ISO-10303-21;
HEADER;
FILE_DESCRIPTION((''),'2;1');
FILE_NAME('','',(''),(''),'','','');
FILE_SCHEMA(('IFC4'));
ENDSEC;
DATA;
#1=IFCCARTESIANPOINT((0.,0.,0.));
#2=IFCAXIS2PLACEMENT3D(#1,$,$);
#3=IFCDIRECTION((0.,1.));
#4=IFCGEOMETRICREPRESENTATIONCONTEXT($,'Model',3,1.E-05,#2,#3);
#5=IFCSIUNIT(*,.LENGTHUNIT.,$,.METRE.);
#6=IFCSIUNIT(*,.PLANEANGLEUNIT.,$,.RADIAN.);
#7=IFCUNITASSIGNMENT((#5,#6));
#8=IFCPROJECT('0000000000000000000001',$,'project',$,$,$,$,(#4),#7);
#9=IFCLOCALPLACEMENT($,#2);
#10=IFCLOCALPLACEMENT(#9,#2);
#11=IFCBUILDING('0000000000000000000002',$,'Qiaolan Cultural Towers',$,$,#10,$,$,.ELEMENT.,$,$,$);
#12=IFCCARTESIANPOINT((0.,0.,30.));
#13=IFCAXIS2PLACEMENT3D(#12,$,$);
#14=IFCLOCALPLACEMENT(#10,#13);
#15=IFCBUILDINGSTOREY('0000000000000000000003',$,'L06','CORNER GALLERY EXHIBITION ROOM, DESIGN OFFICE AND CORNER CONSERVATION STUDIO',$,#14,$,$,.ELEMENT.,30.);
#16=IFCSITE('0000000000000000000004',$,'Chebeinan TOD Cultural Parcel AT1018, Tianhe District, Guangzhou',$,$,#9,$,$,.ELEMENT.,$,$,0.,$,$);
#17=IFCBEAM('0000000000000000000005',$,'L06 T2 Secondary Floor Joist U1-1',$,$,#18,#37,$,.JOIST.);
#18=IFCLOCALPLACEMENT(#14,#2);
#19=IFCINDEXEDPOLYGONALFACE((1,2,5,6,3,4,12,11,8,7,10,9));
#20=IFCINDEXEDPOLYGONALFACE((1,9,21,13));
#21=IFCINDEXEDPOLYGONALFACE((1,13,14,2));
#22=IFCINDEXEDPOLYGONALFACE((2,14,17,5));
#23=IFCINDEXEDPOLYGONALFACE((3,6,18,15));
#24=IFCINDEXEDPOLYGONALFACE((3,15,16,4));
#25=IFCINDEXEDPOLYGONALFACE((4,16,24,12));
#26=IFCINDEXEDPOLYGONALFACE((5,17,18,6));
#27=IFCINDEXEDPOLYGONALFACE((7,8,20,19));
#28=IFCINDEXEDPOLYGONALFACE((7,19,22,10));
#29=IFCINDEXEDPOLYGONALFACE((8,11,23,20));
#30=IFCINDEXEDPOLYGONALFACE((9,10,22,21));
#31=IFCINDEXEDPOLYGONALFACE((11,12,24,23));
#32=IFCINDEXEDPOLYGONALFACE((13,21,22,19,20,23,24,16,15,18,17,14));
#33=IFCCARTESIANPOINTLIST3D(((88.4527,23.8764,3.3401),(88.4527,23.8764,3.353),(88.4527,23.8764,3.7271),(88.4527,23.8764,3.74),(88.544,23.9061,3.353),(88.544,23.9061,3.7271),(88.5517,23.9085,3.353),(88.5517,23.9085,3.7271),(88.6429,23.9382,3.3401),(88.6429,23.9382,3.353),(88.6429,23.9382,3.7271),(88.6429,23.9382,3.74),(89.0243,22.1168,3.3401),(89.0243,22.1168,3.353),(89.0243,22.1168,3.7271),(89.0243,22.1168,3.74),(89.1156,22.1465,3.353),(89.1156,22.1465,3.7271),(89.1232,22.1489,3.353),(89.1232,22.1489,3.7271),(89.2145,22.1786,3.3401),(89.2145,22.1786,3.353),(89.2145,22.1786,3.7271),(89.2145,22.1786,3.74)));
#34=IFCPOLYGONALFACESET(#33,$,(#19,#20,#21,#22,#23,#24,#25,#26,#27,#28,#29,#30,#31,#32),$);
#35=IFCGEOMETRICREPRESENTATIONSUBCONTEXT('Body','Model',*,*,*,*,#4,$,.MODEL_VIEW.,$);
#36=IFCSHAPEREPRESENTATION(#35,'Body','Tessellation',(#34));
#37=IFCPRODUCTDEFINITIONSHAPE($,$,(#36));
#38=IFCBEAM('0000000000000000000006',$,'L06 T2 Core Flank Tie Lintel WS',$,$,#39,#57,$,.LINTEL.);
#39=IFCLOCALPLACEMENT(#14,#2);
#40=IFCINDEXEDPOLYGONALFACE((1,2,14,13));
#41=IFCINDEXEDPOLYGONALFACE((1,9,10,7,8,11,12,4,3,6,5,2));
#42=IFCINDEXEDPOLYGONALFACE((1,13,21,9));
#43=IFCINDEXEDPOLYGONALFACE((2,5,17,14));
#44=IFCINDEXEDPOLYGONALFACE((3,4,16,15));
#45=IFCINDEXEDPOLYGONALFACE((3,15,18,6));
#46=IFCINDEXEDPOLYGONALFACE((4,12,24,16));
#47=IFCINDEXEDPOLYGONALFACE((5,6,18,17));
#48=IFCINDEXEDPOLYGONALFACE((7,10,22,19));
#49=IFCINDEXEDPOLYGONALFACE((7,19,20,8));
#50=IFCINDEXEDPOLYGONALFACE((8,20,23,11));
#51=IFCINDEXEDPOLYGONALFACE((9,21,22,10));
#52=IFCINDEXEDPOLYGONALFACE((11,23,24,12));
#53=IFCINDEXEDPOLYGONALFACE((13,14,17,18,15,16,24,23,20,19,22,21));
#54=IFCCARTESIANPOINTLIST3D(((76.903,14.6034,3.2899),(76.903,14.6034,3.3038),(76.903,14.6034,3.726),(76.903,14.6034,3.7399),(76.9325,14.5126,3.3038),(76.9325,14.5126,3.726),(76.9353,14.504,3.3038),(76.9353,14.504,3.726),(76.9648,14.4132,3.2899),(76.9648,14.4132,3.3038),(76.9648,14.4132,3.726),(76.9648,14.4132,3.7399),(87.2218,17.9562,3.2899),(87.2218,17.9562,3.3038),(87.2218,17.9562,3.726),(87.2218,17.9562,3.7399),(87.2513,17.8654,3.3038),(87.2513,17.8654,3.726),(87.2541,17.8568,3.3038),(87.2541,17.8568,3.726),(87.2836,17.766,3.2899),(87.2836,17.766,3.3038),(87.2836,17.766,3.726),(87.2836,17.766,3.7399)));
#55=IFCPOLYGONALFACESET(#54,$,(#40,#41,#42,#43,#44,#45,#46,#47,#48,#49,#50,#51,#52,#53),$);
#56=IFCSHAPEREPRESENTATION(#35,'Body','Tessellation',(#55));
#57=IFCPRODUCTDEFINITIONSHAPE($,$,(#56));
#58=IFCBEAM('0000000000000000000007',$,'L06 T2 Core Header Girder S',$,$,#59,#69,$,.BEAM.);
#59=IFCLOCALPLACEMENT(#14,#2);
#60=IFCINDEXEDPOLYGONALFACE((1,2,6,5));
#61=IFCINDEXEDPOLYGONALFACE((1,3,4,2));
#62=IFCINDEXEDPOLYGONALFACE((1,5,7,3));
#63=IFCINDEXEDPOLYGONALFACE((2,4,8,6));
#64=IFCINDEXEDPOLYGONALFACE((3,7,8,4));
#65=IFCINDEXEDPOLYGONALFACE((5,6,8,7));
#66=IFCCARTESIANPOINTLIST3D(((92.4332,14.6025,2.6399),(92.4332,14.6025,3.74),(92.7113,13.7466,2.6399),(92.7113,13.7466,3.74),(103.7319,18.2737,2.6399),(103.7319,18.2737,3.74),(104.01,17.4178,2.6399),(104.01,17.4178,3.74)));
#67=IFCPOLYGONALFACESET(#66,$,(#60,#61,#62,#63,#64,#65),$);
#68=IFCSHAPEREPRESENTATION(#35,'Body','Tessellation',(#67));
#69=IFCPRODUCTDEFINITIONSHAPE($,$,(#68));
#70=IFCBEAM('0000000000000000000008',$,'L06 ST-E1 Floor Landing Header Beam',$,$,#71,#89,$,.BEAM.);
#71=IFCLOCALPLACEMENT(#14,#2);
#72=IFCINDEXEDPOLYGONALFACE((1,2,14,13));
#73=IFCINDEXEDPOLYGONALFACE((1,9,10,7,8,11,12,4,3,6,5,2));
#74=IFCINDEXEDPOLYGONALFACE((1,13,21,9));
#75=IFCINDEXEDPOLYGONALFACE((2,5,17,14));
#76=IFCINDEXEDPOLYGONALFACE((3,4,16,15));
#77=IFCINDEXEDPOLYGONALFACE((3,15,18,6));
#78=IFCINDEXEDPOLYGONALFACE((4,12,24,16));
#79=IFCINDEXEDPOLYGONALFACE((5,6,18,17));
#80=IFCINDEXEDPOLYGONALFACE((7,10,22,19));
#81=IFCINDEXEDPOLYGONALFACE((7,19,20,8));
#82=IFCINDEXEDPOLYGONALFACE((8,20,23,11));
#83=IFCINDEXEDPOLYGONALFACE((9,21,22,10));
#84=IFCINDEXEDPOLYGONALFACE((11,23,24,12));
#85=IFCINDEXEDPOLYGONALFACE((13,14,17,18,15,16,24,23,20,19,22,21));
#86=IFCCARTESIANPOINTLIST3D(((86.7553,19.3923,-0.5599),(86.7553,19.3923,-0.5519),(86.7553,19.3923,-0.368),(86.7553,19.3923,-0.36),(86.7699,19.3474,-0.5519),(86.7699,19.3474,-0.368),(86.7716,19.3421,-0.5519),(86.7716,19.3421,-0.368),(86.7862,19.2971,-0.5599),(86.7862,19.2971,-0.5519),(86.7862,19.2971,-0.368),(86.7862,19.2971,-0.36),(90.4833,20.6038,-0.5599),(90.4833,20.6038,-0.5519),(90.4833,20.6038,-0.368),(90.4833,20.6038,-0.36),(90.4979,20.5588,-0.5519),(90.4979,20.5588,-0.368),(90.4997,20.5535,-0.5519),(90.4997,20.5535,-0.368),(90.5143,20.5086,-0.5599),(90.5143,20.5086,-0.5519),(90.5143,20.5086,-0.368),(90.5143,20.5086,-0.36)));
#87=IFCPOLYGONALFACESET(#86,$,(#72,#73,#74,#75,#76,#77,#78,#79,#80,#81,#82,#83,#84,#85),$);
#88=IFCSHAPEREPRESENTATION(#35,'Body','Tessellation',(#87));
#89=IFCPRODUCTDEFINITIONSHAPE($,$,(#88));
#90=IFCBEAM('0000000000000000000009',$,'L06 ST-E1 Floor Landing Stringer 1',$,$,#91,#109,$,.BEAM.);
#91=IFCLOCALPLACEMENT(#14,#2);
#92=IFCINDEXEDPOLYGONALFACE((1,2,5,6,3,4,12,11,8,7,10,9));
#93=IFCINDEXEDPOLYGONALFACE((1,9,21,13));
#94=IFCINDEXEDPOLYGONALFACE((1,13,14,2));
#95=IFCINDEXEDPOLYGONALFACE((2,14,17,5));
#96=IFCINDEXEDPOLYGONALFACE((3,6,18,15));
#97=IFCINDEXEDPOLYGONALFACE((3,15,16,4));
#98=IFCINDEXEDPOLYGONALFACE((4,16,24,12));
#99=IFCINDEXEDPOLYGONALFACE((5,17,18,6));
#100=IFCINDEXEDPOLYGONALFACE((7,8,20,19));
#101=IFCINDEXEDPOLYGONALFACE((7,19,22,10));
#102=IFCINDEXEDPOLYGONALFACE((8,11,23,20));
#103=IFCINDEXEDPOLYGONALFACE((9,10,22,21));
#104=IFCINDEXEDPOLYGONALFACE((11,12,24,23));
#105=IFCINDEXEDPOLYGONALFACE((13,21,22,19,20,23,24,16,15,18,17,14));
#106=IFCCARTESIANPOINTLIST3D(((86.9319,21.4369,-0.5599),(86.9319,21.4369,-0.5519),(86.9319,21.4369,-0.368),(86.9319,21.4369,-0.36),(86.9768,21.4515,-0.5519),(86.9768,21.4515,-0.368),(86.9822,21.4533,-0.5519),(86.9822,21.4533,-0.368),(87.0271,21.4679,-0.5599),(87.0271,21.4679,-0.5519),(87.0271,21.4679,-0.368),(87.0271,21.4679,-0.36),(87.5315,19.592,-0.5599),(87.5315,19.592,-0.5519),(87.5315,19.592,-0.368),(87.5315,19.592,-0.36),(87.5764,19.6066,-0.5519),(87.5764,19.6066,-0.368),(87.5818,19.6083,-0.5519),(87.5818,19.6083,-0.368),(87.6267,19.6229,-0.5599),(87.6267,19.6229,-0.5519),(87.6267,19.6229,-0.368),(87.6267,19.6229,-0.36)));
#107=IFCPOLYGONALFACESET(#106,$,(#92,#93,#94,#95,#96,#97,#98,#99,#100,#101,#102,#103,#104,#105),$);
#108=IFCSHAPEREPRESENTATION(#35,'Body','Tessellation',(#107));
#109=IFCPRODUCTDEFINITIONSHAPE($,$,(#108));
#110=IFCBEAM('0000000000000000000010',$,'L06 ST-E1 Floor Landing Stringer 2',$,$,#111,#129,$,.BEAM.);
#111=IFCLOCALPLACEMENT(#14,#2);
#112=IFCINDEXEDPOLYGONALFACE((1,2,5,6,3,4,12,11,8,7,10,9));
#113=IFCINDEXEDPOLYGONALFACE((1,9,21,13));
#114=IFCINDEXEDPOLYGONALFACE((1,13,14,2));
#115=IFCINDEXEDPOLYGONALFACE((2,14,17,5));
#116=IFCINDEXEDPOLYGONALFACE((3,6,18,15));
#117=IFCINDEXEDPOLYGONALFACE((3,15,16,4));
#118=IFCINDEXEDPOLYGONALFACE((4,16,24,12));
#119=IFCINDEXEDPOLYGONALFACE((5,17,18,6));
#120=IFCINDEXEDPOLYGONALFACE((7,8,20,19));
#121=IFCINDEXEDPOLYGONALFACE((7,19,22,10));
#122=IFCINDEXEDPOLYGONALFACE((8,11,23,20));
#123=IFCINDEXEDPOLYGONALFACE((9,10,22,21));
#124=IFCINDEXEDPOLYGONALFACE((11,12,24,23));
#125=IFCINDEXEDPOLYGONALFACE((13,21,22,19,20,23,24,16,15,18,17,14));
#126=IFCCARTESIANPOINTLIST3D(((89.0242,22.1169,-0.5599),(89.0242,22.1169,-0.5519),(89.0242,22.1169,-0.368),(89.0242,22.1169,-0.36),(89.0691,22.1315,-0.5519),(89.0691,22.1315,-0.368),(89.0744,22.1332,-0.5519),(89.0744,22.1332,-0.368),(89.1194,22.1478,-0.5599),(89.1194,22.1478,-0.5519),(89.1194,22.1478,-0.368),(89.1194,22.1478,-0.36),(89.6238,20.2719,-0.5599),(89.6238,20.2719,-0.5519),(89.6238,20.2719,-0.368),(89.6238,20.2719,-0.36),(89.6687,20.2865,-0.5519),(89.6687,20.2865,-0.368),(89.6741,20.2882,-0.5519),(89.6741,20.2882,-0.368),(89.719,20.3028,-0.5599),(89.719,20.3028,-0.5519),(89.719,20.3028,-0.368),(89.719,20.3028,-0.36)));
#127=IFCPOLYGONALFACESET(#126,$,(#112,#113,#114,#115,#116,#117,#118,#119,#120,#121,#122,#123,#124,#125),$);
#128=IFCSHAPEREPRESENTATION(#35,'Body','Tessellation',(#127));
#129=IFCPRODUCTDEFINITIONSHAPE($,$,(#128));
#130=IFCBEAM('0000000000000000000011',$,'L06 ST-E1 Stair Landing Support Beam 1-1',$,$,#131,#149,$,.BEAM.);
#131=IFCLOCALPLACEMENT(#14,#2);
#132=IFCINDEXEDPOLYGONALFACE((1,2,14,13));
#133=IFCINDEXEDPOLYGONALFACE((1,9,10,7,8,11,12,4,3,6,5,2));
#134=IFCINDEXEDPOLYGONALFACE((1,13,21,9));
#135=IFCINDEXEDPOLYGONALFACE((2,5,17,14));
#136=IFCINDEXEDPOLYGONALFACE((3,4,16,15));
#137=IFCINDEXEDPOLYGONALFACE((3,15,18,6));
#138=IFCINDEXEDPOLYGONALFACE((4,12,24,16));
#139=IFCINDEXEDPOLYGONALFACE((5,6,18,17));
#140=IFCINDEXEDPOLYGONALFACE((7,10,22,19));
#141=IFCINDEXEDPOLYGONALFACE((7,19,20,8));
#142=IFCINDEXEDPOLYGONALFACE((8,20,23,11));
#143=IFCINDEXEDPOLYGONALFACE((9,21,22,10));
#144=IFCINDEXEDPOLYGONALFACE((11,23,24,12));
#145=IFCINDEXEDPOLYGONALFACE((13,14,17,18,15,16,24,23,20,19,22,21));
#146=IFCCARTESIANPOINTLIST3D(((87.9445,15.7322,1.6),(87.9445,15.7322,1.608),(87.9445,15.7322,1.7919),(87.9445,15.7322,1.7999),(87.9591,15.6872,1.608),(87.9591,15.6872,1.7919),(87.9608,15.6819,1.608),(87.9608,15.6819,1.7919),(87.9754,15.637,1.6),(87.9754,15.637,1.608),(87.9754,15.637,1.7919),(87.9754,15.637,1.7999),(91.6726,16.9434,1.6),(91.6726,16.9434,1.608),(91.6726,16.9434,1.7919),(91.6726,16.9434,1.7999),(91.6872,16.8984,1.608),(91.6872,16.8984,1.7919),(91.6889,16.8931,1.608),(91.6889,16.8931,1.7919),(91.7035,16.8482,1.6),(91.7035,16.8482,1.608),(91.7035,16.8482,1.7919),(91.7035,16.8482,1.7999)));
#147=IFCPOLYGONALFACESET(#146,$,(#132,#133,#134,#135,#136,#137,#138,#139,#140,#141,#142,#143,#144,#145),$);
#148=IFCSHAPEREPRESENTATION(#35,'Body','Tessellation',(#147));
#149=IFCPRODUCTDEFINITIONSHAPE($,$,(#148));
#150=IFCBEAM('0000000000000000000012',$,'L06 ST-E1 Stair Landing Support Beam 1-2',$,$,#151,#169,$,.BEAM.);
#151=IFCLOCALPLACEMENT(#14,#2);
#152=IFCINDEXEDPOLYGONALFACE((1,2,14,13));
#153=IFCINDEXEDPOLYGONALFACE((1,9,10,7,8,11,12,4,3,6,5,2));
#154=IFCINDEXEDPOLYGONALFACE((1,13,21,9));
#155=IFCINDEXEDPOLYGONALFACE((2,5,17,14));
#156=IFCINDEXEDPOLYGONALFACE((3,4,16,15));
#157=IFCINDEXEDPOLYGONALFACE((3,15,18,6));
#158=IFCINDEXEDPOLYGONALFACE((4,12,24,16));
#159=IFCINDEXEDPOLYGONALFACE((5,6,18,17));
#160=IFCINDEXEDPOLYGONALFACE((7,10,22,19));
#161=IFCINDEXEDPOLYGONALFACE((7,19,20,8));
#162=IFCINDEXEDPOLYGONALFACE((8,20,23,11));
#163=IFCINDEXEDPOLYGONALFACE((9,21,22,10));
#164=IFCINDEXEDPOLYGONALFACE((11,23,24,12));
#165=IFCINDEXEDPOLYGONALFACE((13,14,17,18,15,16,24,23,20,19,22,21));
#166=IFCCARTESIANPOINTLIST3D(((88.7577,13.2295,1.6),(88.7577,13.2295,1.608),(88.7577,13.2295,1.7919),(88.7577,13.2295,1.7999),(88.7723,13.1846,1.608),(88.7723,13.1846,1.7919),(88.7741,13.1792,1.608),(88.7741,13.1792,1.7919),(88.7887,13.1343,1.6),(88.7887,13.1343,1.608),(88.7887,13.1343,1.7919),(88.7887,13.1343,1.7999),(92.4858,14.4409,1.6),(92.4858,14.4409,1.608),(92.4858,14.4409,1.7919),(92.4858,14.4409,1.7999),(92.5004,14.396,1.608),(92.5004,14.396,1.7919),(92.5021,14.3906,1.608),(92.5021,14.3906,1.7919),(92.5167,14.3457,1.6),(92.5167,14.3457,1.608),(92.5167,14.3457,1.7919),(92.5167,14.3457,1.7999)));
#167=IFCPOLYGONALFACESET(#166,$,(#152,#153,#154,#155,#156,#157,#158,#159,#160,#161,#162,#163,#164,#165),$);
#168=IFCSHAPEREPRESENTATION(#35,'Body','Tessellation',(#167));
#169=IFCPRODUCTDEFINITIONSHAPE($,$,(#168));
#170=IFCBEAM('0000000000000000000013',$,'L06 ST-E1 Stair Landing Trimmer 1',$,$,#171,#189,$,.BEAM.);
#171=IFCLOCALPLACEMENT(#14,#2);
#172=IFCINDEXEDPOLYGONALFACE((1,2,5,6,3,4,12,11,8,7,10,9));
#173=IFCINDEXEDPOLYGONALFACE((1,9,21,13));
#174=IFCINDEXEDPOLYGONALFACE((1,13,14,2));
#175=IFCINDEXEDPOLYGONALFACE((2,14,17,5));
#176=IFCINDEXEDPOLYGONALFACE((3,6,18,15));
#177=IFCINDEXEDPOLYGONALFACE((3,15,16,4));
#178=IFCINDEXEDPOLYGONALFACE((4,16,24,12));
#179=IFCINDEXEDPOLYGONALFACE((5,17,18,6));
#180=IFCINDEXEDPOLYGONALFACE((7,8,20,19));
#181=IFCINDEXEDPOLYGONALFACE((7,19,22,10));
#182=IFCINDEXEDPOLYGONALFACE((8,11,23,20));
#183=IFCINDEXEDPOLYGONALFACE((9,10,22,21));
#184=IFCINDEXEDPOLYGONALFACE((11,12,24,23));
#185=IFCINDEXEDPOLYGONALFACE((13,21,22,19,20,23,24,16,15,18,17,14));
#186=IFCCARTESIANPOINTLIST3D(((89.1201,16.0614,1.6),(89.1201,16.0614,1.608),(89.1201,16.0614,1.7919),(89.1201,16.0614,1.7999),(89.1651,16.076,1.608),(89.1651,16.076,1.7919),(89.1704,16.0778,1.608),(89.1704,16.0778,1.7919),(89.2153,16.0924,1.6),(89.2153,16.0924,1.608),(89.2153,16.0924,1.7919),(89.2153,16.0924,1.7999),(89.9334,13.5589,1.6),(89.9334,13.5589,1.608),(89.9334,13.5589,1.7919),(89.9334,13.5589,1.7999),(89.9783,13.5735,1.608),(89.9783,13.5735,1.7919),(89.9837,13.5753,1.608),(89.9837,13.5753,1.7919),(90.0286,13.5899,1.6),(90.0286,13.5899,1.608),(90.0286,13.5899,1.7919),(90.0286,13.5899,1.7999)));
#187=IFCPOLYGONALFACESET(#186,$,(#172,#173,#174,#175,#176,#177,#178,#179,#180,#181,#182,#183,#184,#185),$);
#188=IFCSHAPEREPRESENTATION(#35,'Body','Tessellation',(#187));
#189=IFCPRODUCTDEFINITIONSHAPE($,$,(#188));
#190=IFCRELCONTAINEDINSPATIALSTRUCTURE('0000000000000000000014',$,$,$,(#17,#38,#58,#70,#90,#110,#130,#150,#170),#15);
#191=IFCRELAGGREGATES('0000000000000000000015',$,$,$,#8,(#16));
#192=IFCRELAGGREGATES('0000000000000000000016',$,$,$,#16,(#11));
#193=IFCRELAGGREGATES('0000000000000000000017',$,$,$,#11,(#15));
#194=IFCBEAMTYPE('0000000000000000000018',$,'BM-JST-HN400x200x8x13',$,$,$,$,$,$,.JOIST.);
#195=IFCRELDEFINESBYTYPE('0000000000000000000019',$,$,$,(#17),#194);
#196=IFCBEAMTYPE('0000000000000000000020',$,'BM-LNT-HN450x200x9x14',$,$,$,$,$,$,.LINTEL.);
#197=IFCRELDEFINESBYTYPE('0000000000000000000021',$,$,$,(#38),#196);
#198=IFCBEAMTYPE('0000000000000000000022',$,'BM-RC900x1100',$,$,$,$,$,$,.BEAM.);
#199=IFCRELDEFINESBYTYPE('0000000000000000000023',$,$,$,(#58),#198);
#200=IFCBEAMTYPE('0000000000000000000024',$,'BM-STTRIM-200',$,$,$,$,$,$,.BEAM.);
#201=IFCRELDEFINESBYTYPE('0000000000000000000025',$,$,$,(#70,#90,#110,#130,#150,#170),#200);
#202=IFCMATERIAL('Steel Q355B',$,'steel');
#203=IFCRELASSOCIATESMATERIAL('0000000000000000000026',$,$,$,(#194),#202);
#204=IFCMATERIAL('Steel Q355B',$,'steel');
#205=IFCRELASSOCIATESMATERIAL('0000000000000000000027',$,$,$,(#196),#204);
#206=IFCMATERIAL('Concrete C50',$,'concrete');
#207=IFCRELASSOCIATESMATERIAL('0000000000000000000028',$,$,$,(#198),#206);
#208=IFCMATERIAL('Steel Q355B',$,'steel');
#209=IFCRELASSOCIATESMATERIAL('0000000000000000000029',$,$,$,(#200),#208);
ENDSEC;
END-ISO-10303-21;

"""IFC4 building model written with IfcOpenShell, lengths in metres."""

from ifc_helpers import new_model, si_unit, direction, frame, origin, origin_2d, place, context, subcontext, project, spatial, rectangle, i_section, extrude, material, material_profile, profile_set, type_object, element, save


model = new_model("IFC4")

# Units and contexts
model_context = context("Model", 3, precision=1e-05, world=origin(), true_north=direction((0.0, 1.0)))
body_context = subcontext(model_context, "Body", "Model", "MODEL_VIEW")
ifc_project = project(units=[si_unit("LENGTHUNIT", "METRE"), si_unit("PLANEANGLEUNIT", "RADIAN")], contexts=[model_context])

# Site, building, storey
site_placement = place(None, origin())
site = spatial("IfcSite", under=ifc_project, at=site_placement, Name="Chebeinan TOD Cultural Parcel AT1018, Tianhe District, Guangzhou", CompositionType="ELEMENT", RefElevation=0.0)
building_placement = place(site_placement, origin())
building = spatial("IfcBuilding", under=site, at=building_placement, Name="Qiaolan Cultural Towers", CompositionType="ELEMENT")
storey_placement = place(building_placement, frame((0.0, 0.0, 30.0)))
storey = spatial("IfcBuildingStorey", under=building, at=storey_placement, Name="L06", Description="CORNER GALLERY EXHIBITION ROOM, DESIGN OFFICE AND CORNER CONSERVATION STUDIO", CompositionType="ELEMENT", Elevation=30.0)

# Beams
ifc_material_1 = material(Name="Steel Q355B", Category="steel")
ifc_material_profile_1 = material_profile(ifc_material_1, i_section(OverallWidth=0.2, OverallDepth=0.3999, WebThickness=0.0081, FlangeThickness=0.0129, at=origin_2d()), Name="HN400x200x8x13")
ifc_profile_set_1 = profile_set([ifc_material_profile_1], Name="Steel Q355B")
beam_type_1 = type_object("IfcBeamType", Name="BM-JST-HN400x200x8x13", PredefinedType="JOIST", material=ifc_profile_set_1)
beam_1_placement = place(storey_placement, frame((89.1194, 22.1477, 3.54), z_axis=(-0.308934, 0.951084, 0.0), x_axis=(-0.951084, -0.308934, 0.0)))
element("IfcBeam", 1, at=beam_1_placement, inside=storey, type_object=beam_type_1, Name="L06 T2 Secondary Floor Joist U1-1", PredefinedType="JOIST", context=body_context, shape_type="SweptSolid", body=[
    extrude(i_section(OverallWidth=0.2, OverallDepth=0.3999, WebThickness=0.0081, FlangeThickness=0.0129, at=origin_2d()), origin(), (0.0, 0.0, 1.0), 1.8501),
])
ifc_material_2 = material(Name="Steel Q355B", Category="steel")
ifc_material_profile_2 = material_profile(ifc_material_2, i_section(OverallWidth=0.2, OverallDepth=0.45, WebThickness=0.009, FlangeThickness=0.0139, at=origin_2d()), Name="HN450x200x9x14")
ifc_profile_set_2 = profile_set([ifc_material_profile_2], Name="Steel Q355B")
beam_type_2 = type_object("IfcBeamType", Name="BM-LNT-HN450x200x9x14", PredefinedType="LINTEL", material=ifc_profile_set_2)
beam_2_placement = place(storey_placement, frame((87.2527, 17.8611, 3.5149), z_axis=(-0.951057, -0.309016, 0.0), x_axis=(0.309016, -0.951057, 0.0)))
element("IfcBeam", 2, at=beam_2_placement, inside=storey, type_object=beam_type_2, Name="L06 T2 Core Flank Tie Lintel WS", PredefinedType="LINTEL", context=body_context, shape_type="SweptSolid", body=[
    extrude(i_section(OverallWidth=0.2, OverallDepth=0.45, WebThickness=0.009, FlangeThickness=0.0139, at=origin_2d()), origin(), (0.0, 0.0, 1.0), 10.8499),
])
ifc_material_3 = material(Name="Concrete C50", Category="concrete")
ifc_material_profile_3 = material_profile(ifc_material_3, rectangle(XDim=0.8999, YDim=1.1001, at=origin_2d()), Name="RC900x1100")
ifc_profile_set_3 = profile_set([ifc_material_profile_3], Name="Concrete C50")
beam_type_3 = type_object("IfcBeamType", Name="BM-RC900x1100", PredefinedType="BEAM", material=ifc_profile_set_3)
beam_3_placement = place(storey_placement, frame((92.5723, 14.1746, 3.1899), z_axis=(0.951056, 0.309018, 0.0), x_axis=(-0.309018, 0.951056, 0.0)))
element("IfcBeam", 3, at=beam_3_placement, inside=storey, type_object=beam_type_3, Name="L06 T2 Core Header Girder S", PredefinedType="BEAM", context=body_context, shape_type="SweptSolid", body=[
    extrude(rectangle(XDim=0.8999, YDim=1.1001, at=origin_2d()), origin(), (0.0, 0.0, 1.0), 11.8801),
])
ifc_material_4 = material(Name="Steel Q355B", Category="steel")
ifc_material_profile_4 = material_profile(ifc_material_4, i_section(OverallWidth=0.1001, OverallDepth=0.2, WebThickness=0.0056, FlangeThickness=0.0081, at=origin_2d()), Name="HN200x100x5.5x8")
ifc_profile_set_4 = profile_set([ifc_material_profile_4], Name="Steel Q355B")
beam_type_4 = type_object("IfcBeamType", Name="BM-STTRIM-200", PredefinedType="BEAM", material=ifc_profile_set_4)
beam_4_placement = place(storey_placement, frame((86.7708, 19.3447, -0.46), z_axis=(0.951048, 0.309044, 0.0), x_axis=(-0.309044, 0.951048, 0.0)))
element("IfcBeam", 4, at=beam_4_placement, inside=storey, type_object=beam_type_4, Name="L06 ST-E1 Floor Landing Header Beam", PredefinedType="BEAM", context=body_context, shape_type="SweptSolid", body=[
    extrude(i_section(OverallWidth=0.1001, OverallDepth=0.2, WebThickness=0.0056, FlangeThickness=0.0081, at=origin_2d()), origin(), (0.0, 0.0, 1.0), 3.9199),
])
for number, where, z_axis, x_axis, name in (
    (5, (86.9795, 21.4524, -0.46), (0.309083, -0.951035, 0.0), (0.951035, 0.309083, 0.0), "L06 ST-E1 Floor Landing Stringer 1"),
    (6, (89.0718, 22.1323, -0.46), (0.309083, -0.951035, 0.0), (0.951035, 0.309083, 0.0), "L06 ST-E1 Floor Landing Stringer 2"),
):
    element("IfcBeam", number, at=place(storey_placement, frame(where, z_axis=z_axis, x_axis=x_axis)), inside=storey, type_object=beam_type_4, Name=name, PredefinedType="BEAM", context=body_context, shape_type="SweptSolid", body=[
        extrude(i_section(OverallWidth=0.1001, OverallDepth=0.2, WebThickness=0.0056, FlangeThickness=0.0081, at=origin_2d()), origin(), (0.0, 0.0, 1.0), 1.9399),
    ])
for number, where, z_axis, x_axis, name in (
    (7, (87.96, 15.6846, 1.7), (0.951066, 0.308987, 0.0), (-0.308987, 0.951066, 0.0), "L06 ST-E1 Stair Landing Support Beam 1-1"),
    (8, (88.7732, 13.1819, 1.7), (0.951048, 0.309044, 0.0), (-0.309044, 0.951048, 0.0), "L06 ST-E1 Stair Landing Support Beam 1-2"),
):
    element("IfcBeam", number, at=place(storey_placement, frame(where, z_axis=z_axis, x_axis=x_axis)), inside=storey, type_object=beam_type_4, Name=name, PredefinedType="BEAM", context=body_context, shape_type="SweptSolid", body=[
        extrude(i_section(OverallWidth=0.1001, OverallDepth=0.2, WebThickness=0.0056, FlangeThickness=0.0081, at=origin_2d()), origin(), (0.0, 0.0, 1.0), 3.9199),
    ])
beam_5_placement = place(storey_placement, frame((89.1677, 16.0769, 1.7), z_axis=(0.309065, -0.951041, 0.0), x_axis=(0.951041, 0.309065, 0.0)))
element("IfcBeam", 9, at=beam_5_placement, inside=storey, type_object=beam_type_4, Name="L06 ST-E1 Stair Landing Trimmer 1", PredefinedType="BEAM", context=body_context, shape_type="SweptSolid", body=[
    extrude(i_section(OverallWidth=0.1001, OverallDepth=0.2, WebThickness=0.0056, FlangeThickness=0.0081, at=origin_2d()), origin(), (0.0, 0.0, 1.0), 2.6313),
])

save(model, "model.ifc")
